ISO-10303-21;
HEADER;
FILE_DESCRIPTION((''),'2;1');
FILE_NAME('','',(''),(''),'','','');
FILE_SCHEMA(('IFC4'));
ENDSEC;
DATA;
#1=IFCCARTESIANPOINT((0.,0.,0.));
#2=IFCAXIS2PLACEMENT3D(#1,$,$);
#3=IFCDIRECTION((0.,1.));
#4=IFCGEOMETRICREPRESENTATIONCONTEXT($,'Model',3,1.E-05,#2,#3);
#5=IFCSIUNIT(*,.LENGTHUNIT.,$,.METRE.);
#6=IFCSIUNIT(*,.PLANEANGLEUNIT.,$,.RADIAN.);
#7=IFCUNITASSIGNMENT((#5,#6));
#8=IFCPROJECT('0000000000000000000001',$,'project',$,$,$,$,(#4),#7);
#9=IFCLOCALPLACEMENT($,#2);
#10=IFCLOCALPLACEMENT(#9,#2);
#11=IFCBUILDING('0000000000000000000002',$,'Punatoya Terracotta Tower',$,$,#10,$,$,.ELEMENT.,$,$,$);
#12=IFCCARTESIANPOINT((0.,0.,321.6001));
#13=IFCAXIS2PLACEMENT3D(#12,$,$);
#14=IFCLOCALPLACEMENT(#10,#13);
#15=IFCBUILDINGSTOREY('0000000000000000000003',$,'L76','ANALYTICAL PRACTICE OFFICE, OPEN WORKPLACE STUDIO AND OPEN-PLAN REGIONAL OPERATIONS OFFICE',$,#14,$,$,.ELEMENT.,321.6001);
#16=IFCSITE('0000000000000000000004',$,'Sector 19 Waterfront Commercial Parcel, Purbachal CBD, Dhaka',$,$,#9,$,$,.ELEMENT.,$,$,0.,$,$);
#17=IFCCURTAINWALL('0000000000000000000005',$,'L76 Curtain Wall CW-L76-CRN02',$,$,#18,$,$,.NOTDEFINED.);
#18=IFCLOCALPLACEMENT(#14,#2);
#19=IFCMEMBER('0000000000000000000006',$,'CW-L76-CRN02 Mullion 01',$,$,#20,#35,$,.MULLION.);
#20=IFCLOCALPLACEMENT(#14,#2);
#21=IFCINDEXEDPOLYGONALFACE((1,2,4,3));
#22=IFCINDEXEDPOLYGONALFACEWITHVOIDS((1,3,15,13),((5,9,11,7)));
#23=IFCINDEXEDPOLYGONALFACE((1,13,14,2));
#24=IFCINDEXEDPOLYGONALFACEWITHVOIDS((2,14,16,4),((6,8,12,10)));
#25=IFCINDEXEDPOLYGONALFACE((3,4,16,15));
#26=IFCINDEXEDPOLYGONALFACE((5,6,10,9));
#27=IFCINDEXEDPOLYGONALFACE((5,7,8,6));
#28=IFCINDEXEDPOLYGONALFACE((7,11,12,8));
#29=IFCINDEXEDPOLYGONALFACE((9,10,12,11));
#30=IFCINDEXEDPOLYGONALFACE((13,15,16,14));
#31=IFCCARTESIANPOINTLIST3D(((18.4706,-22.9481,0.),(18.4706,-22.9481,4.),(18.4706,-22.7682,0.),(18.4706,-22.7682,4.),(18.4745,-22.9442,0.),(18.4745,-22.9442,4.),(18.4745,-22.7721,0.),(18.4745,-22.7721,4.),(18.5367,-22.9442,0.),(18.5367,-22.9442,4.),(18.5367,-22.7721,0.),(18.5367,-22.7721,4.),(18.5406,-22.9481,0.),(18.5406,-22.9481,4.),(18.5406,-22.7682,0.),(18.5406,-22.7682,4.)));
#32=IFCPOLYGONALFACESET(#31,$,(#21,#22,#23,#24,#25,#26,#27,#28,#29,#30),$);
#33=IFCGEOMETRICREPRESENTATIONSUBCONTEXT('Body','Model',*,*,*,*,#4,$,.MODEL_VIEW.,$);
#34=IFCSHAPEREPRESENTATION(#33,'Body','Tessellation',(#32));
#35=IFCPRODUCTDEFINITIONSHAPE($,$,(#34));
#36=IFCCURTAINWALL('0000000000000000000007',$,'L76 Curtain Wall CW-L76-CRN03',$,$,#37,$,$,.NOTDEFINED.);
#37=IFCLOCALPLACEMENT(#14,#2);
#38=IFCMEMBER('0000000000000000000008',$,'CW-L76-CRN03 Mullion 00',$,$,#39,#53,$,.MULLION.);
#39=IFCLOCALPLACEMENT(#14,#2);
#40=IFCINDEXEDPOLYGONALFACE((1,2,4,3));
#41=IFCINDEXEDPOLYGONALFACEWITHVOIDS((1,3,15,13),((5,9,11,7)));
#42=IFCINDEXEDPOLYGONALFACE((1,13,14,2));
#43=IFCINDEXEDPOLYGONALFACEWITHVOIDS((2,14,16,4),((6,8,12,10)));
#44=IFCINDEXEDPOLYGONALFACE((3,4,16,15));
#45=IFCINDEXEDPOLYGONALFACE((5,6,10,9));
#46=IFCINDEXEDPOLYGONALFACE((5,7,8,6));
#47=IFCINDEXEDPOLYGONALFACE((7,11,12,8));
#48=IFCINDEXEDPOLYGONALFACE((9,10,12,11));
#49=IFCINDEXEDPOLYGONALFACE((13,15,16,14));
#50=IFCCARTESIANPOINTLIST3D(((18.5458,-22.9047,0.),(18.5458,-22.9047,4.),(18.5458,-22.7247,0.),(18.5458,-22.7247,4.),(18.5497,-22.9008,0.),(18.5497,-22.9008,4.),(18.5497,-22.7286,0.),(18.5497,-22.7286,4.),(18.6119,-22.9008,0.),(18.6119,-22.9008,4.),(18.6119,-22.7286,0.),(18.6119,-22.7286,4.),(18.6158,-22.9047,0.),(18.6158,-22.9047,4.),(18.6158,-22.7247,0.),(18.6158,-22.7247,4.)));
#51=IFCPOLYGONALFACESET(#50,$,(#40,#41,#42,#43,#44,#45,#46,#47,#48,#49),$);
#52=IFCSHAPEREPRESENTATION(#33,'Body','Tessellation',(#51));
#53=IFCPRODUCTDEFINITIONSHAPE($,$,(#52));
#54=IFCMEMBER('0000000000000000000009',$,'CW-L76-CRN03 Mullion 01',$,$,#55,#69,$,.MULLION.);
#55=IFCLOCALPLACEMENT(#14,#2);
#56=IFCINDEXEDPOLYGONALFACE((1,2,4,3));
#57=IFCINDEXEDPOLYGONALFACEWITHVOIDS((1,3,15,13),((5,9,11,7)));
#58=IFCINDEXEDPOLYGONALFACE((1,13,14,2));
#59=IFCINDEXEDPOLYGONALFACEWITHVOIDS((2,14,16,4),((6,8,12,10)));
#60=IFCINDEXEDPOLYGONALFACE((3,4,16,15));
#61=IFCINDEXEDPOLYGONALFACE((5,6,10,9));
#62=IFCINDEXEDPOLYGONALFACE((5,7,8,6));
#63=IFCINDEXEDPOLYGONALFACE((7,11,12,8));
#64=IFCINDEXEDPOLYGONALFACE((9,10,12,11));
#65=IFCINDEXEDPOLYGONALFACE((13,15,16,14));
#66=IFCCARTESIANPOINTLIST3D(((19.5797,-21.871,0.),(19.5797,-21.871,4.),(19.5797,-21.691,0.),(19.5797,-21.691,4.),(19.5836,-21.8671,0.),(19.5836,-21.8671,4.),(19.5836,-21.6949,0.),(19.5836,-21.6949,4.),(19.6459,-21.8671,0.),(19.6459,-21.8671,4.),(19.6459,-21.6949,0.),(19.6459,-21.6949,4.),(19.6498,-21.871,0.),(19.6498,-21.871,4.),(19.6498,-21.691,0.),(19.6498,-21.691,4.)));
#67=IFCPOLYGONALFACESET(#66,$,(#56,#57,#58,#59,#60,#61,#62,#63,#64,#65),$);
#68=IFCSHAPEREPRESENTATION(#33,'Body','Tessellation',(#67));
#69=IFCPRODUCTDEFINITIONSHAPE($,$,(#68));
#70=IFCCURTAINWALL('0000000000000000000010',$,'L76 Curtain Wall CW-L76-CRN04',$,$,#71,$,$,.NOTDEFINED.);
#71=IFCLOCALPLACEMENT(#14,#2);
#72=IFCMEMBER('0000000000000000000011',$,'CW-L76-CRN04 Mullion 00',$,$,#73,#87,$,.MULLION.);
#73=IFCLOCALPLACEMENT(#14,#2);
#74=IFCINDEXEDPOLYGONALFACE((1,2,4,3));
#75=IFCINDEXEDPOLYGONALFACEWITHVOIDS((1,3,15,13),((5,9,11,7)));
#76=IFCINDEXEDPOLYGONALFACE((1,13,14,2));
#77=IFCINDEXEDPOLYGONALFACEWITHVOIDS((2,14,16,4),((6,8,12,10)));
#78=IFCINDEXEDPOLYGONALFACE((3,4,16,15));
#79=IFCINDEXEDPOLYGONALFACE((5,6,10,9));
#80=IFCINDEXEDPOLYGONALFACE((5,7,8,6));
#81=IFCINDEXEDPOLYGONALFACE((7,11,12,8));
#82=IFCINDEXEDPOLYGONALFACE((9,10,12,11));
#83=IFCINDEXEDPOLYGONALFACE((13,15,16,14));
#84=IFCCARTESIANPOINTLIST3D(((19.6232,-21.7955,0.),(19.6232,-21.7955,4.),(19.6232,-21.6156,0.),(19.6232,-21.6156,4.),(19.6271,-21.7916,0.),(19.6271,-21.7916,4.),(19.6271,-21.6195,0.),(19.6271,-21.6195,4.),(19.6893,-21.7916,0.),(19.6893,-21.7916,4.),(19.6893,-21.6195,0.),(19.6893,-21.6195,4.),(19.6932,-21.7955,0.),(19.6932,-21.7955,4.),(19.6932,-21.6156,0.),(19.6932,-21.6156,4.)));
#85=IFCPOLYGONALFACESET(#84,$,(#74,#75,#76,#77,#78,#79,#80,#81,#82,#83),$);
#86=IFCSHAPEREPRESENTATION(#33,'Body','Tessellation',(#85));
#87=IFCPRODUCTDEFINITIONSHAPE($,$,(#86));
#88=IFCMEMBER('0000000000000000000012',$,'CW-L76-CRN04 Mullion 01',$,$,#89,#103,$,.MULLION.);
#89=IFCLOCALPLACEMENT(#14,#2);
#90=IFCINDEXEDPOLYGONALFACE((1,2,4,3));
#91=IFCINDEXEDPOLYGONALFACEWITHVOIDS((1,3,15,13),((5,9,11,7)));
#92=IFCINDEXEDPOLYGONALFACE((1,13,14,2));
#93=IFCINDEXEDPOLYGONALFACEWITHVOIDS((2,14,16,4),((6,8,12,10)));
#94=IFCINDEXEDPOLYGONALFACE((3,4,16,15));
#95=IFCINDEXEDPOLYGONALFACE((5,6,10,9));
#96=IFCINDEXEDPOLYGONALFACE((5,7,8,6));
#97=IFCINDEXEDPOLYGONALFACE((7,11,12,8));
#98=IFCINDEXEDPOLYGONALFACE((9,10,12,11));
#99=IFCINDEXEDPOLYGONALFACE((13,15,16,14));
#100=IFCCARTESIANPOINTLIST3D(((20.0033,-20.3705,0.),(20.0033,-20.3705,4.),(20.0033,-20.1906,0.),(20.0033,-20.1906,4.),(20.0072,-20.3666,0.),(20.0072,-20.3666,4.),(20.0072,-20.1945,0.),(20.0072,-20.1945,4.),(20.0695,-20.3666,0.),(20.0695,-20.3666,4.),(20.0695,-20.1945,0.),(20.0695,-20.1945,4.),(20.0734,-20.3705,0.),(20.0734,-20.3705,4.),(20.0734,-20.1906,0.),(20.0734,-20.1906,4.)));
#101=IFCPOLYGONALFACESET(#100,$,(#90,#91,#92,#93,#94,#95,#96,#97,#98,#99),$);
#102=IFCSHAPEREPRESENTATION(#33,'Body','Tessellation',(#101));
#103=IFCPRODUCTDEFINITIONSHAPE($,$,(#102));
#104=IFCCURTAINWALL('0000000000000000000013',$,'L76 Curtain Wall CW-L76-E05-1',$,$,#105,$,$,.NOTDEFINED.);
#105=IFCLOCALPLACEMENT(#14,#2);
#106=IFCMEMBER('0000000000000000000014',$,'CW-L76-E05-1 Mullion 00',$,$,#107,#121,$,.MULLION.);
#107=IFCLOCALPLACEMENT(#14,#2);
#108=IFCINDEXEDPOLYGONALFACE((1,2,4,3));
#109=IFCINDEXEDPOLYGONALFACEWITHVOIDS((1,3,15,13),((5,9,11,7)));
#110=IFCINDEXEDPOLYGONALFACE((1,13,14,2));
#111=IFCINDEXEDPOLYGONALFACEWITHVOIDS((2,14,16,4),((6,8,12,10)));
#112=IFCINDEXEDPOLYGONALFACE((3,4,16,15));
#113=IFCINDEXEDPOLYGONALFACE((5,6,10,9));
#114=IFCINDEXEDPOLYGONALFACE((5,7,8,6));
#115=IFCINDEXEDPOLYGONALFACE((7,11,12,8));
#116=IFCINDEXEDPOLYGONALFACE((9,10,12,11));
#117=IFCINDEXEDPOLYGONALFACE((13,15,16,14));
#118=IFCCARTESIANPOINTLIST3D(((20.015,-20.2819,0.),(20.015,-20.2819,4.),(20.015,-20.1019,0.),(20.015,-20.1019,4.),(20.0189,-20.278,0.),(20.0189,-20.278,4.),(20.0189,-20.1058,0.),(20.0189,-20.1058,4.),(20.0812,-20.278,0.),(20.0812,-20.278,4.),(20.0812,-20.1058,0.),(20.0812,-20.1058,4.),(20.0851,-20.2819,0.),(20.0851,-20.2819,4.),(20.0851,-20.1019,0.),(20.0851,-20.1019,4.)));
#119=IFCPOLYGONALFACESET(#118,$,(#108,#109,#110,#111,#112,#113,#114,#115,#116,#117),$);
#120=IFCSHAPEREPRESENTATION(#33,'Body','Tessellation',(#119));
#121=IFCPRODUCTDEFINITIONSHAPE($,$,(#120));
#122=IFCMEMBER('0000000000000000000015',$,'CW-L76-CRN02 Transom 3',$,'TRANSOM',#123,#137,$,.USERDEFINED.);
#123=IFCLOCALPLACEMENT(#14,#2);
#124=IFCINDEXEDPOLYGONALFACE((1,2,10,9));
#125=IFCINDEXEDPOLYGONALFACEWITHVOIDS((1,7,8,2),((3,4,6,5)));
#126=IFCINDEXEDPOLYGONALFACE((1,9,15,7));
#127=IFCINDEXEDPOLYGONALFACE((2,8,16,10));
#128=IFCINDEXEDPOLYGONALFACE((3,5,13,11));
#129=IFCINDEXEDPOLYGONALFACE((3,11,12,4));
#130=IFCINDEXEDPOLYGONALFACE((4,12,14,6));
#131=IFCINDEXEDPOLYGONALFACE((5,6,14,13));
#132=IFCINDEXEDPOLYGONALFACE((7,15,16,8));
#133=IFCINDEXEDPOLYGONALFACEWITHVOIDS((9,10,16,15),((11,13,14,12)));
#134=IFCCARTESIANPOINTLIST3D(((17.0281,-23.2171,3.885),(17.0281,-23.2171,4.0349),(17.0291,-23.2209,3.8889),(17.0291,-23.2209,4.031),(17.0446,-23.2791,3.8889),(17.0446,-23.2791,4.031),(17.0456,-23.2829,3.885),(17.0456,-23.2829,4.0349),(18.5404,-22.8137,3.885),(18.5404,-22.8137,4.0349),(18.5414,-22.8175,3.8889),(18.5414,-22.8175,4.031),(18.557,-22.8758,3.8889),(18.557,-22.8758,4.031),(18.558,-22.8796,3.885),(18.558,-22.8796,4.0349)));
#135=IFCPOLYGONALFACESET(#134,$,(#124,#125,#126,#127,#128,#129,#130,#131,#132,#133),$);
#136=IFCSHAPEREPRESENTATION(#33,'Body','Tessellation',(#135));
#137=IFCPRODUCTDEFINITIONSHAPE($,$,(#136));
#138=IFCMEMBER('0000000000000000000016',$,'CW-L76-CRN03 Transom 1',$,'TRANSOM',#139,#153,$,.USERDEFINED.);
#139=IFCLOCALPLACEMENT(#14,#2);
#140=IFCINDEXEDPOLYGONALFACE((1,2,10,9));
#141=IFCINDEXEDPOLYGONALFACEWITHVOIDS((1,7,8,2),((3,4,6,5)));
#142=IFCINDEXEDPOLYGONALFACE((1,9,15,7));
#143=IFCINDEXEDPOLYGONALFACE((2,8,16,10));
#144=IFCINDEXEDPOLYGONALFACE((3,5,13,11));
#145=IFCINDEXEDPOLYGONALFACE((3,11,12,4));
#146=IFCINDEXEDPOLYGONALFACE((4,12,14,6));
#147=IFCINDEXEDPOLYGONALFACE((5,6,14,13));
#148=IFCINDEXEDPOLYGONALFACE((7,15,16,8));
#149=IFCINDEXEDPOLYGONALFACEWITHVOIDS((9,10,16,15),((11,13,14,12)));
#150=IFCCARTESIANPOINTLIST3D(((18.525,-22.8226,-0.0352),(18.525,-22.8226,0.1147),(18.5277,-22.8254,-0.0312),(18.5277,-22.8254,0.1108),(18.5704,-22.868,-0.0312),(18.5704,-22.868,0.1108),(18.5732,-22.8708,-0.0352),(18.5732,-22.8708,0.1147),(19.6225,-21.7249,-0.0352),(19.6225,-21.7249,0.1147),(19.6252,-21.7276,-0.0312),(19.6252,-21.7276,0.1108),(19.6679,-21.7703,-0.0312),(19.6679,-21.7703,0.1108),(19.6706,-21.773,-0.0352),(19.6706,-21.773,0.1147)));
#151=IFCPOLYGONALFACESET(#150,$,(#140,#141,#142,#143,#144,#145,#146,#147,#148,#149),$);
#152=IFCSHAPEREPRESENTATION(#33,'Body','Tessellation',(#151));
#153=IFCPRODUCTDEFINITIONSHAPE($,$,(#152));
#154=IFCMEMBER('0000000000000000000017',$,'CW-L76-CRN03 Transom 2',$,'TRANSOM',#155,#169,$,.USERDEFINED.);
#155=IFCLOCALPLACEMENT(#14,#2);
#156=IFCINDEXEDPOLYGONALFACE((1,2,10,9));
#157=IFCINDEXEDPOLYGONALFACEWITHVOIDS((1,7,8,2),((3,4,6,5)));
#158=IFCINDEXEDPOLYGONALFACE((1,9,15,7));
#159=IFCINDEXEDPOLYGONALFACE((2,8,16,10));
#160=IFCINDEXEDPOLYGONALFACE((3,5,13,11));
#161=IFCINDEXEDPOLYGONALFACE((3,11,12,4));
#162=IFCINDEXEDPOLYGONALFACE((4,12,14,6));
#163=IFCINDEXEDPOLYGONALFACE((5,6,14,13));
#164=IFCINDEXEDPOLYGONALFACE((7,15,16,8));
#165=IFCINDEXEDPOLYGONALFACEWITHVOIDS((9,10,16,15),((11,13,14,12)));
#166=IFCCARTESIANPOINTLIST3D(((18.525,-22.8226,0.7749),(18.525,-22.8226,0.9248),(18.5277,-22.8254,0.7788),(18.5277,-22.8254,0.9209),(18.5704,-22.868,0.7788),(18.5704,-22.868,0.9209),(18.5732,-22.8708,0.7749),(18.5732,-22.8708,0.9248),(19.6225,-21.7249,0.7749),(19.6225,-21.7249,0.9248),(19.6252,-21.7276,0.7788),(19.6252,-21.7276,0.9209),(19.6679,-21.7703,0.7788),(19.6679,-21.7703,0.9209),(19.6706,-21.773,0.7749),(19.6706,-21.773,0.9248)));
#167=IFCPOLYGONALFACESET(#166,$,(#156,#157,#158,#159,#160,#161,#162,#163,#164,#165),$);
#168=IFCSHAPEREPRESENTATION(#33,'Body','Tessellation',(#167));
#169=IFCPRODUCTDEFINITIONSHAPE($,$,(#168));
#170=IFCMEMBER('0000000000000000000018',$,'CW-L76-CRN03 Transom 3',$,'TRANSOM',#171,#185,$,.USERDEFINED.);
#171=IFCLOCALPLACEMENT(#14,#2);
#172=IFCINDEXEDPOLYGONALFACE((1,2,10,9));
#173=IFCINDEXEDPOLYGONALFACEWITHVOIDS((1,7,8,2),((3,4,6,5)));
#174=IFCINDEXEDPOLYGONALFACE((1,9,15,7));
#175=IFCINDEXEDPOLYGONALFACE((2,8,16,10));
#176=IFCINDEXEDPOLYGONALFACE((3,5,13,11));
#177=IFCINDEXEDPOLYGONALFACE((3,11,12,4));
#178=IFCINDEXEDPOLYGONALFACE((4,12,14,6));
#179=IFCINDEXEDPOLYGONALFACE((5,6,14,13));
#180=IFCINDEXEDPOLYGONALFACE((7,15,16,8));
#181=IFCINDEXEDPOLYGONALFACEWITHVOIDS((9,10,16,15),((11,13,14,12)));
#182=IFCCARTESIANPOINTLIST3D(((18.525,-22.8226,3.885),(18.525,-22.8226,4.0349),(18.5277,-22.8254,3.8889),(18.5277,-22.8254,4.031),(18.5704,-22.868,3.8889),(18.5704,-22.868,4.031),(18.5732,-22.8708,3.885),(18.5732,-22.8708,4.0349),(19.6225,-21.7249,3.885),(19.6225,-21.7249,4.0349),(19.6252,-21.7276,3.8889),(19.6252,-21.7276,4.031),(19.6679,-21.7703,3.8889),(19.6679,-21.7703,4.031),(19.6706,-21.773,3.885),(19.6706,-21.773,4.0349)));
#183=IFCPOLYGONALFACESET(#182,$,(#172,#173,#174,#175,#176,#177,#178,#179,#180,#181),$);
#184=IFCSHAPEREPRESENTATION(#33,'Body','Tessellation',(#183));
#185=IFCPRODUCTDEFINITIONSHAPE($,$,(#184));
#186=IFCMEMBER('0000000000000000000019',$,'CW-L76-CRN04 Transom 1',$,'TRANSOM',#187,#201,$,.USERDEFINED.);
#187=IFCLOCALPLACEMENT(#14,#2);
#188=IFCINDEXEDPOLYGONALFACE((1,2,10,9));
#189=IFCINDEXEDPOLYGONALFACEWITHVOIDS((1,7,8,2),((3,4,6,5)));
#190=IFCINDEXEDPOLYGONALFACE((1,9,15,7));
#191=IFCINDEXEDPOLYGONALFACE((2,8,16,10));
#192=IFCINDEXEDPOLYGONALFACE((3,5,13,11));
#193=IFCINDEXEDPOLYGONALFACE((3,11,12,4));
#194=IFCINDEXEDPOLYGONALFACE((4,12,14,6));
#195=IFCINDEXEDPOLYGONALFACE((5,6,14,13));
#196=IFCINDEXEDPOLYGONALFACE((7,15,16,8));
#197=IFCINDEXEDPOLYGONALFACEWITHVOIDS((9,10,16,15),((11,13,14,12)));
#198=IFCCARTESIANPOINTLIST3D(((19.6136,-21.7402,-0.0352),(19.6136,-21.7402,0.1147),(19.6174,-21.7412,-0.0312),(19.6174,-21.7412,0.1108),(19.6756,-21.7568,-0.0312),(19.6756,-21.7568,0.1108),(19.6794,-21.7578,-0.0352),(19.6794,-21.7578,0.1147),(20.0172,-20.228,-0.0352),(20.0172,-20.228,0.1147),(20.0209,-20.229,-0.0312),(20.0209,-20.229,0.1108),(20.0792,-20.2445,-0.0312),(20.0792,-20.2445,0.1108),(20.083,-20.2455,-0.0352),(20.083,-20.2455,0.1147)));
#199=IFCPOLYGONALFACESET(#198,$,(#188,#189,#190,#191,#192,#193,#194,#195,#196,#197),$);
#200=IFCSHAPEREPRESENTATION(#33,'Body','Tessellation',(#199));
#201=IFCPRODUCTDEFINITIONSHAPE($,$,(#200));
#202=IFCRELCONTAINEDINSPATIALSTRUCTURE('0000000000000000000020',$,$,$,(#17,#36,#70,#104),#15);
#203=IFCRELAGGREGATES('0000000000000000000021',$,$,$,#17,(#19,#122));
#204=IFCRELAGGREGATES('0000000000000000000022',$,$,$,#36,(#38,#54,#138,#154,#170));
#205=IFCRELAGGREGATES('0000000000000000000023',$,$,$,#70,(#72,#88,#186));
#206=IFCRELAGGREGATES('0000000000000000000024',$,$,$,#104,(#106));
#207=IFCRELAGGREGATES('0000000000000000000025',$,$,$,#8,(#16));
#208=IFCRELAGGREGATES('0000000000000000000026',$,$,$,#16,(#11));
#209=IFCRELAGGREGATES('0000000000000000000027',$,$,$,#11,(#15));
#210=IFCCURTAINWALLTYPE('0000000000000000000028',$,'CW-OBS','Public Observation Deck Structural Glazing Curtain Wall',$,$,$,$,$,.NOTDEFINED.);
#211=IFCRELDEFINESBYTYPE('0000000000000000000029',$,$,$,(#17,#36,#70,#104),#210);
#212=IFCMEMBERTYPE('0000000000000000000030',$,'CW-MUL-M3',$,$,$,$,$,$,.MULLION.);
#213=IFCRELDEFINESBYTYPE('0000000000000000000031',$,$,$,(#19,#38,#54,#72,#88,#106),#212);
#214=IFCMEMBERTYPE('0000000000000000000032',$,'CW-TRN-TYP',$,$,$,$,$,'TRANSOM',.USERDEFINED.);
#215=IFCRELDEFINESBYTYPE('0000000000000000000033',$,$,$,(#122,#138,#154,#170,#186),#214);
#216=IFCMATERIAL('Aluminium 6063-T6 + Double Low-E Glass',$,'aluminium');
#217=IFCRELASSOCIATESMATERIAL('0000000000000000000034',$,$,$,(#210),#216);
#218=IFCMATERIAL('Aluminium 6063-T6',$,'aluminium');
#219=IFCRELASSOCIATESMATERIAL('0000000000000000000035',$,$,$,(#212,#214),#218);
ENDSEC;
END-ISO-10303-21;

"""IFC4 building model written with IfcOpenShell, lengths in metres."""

from ifc_helpers import new_model, si_unit, direction, frame, origin, origin_2d, place, context, subcontext, project, spatial, hollow_rectangle, extrude, material, material_profile, profile_set, type_object, element, aggregate, save


model = new_model("IFC4")

# Units and contexts
model_context = context("Model", 3, precision=1e-05, world=origin(), true_north=direction((0.0, 1.0)))
body_context = subcontext(model_context, "Body", "Model", "MODEL_VIEW")
ifc_project = project(units=[si_unit("LENGTHUNIT", "METRE"), si_unit("PLANEANGLEUNIT", "RADIAN")], contexts=[model_context])

# Site, building, storey
site_placement = place(None, origin())
site = spatial("IfcSite", under=ifc_project, at=site_placement, Name="Sector 19 Waterfront Commercial Parcel, Purbachal CBD, Dhaka", CompositionType="ELEMENT", RefElevation=0.0)
building_placement = place(site_placement, origin())
building = spatial("IfcBuilding", under=site, at=building_placement, Name="Punatoya Terracotta Tower", CompositionType="ELEMENT")
storey_placement = place(building_placement, frame((0.0, 0.0, 321.6001)))
storey = spatial("IfcBuildingStorey", under=building, at=storey_placement, Name="L76", Description="ANALYTICAL PRACTICE OFFICE, OPEN WORKPLACE STUDIO AND OPEN-PLAN REGIONAL OPERATIONS OFFICE", CompositionType="ELEMENT", Elevation=321.6001)

# Curtain walls, members
ifc_material_1 = material(Name="Aluminium 6063-T6 + Double Low-E Glass", Category="aluminium")
curtain_wall_type = type_object("IfcCurtainWallType", Name="CW-OBS", Description="Public Observation Deck Structural Glazing Curtain Wall", PredefinedType="NOTDEFINED", material=ifc_material_1)
curtain_wall_1_placement = place(storey_placement, origin())
curtain_wall_1 = element("IfcCurtainWall", 1, at=curtain_wall_1_placement, inside=storey, type_object=curtain_wall_type, Name="L76 Curtain Wall CW-L76-CRN02", PredefinedType="NOTDEFINED")
ifc_material_2 = material(Name="Aluminium 6063-T6", Category="aluminium")
ifc_material_profile_1 = material_profile(ifc_material_2, hollow_rectangle(XDim=0.0701, YDim=0.1799, WallThickness=0.0039, at=origin_2d()))
ifc_profile_set_1 = profile_set([ifc_material_profile_1], Name="Aluminium 6063-T6")
member_type_1 = type_object("IfcMemberType", Name="CW-MUL-M3", PredefinedType="MULLION", material=ifc_profile_set_1)
member_1_placement = place(storey_placement, frame((18.5056, -22.8582, 0.0), z_axis=(0.0, 0.0, 1.0), x_axis=(1.0, 0.0, 0.0)))
member_1 = element("IfcMember", 2, at=member_1_placement, type_object=member_type_1, Name="CW-L76-CRN02 Mullion 01", PredefinedType="MULLION", context=body_context, shape_type="SweptSolid", body=[
    extrude(hollow_rectangle(XDim=0.0701, YDim=0.1799, WallThickness=0.0039, at=origin_2d()), origin(), (0.0, 0.0, 1.0), 4.0),
])
curtain_wall_2_placement = place(storey_placement, origin())
curtain_wall_2 = element("IfcCurtainWall", 3, at=curtain_wall_2_placement, inside=storey, type_object=curtain_wall_type, Name="L76 Curtain Wall CW-L76-CRN03", PredefinedType="NOTDEFINED")
member_2_placement = place(storey_placement, frame((18.5808, -22.8147, 0.0), z_axis=(0.0, 0.0, 1.0), x_axis=(1.0, 0.0, 0.0)))
member_2 = element("IfcMember", 4, at=member_2_placement, type_object=member_type_1, Name="CW-L76-CRN03 Mullion 00", PredefinedType="MULLION", context=body_context, shape_type="SweptSolid", body=[
    extrude(hollow_rectangle(XDim=0.0701, YDim=0.1799, WallThickness=0.0039, at=origin_2d()), origin(), (0.0, 0.0, 1.0), 4.0),
])
member_3_placement = place(storey_placement, frame((19.6147, -21.781, 0.0), z_axis=(0.0, 0.0, 1.0), x_axis=(1.0, 0.0, 0.0)))
member_3 = element("IfcMember", 5, at=member_3_placement, type_object=member_type_1, Name="CW-L76-CRN03 Mullion 01", PredefinedType="MULLION", context=body_context, shape_type="SweptSolid", body=[
    extrude(hollow_rectangle(XDim=0.0701, YDim=0.1799, WallThickness=0.0039, at=origin_2d()), origin(), (0.0, 0.0, 1.0), 4.0),
])
curtain_wall_3_placement = place(storey_placement, origin())
curtain_wall_3 = element("IfcCurtainWall", 6, at=curtain_wall_3_placement, inside=storey, type_object=curtain_wall_type, Name="L76 Curtain Wall CW-L76-CRN04", PredefinedType="NOTDEFINED")
member_4_placement = place(storey_placement, frame((19.6582, -21.7056, 0.0), z_axis=(0.0, 0.0, 1.0), x_axis=(1.0, 0.0, 0.0)))
member_4 = element("IfcMember", 7, at=member_4_placement, type_object=member_type_1, Name="CW-L76-CRN04 Mullion 00", PredefinedType="MULLION", context=body_context, shape_type="SweptSolid", body=[
    extrude(hollow_rectangle(XDim=0.0701, YDim=0.1799, WallThickness=0.0039, at=origin_2d()), origin(), (0.0, 0.0, 1.0), 4.0),
])
member_5_placement = place(storey_placement, frame((20.0383, -20.2805, 0.0), z_axis=(0.0, 0.0, 1.0), x_axis=(1.0, 0.0, 0.0)))
member_5 = element("IfcMember", 8, at=member_5_placement, type_object=member_type_1, Name="CW-L76-CRN04 Mullion 01", PredefinedType="MULLION", context=body_context, shape_type="SweptSolid", body=[
    extrude(hollow_rectangle(XDim=0.0701, YDim=0.1799, WallThickness=0.0039, at=origin_2d()), origin(), (0.0, 0.0, 1.0), 4.0),
])

# Curtain wall, member
curtain_wall_4_placement = place(storey_placement, origin())
curtain_wall_4 = element("IfcCurtainWall", 9, at=curtain_wall_4_placement, inside=storey, type_object=curtain_wall_type, Name="L76 Curtain Wall CW-L76-E05-1", PredefinedType="NOTDEFINED")
member_6_placement = place(storey_placement, frame((20.05, -20.1919, 0.0), z_axis=(0.0, 0.0, 1.0), x_axis=(1.0, 0.0, 0.0)))
member_6 = element("IfcMember", 10, at=member_6_placement, type_object=member_type_1, Name="CW-L76-E05-1 Mullion 00", PredefinedType="MULLION", context=body_context, shape_type="SweptSolid", body=[
    extrude(hollow_rectangle(XDim=0.0701, YDim=0.1799, WallThickness=0.0039, at=origin_2d()), origin(), (0.0, 0.0, 1.0), 4.0),
])

# Members
ifc_material_profile_2 = material_profile(ifc_material_2, hollow_rectangle(XDim=0.0681, YDim=0.1499, WallThickness=0.0039, at=origin_2d()))
ifc_profile_set_2 = profile_set([ifc_material_profile_2], Name="Aluminium 6063-T6")
member_type_2 = type_object("IfcMemberType", Name="CW-TRN-TYP", ElementType="TRANSOM", PredefinedType="USERDEFINED", material=ifc_profile_set_2)
member_7_placement = place(storey_placement, frame((17.0369, -23.25, 3.96), z_axis=(0.966225, 0.257701, 0.0), x_axis=(-0.257701, 0.966225, 0.0)))
member_7 = element("IfcMember", 11, at=member_7_placement, type_object=member_type_2, Name="CW-L76-CRN02 Transom 3", ObjectType="TRANSOM", PredefinedType="USERDEFINED", context=body_context, shape_type="SweptSolid", body=[
    extrude(hollow_rectangle(XDim=0.0681, YDim=0.1499, WallThickness=0.0039, at=origin_2d()), origin(), (0.0, 0.0, 1.0), 1.5652),
])
member_8_placement = place(storey_placement, frame((18.5491, -22.8467, 0.0398), z_axis=(0.707028, 0.707185, 0.0), x_axis=(-0.707185, 0.707028, 0.0)))
member_8 = element("IfcMember", 12, at=member_8_placement, type_object=member_type_2, Name="CW-L76-CRN03 Transom 1", ObjectType="TRANSOM", PredefinedType="USERDEFINED", context=body_context, shape_type="SweptSolid", body=[
    extrude(hollow_rectangle(XDim=0.0681, YDim=0.1499, WallThickness=0.0039, at=origin_2d()), origin(), (0.0, 0.0, 1.0), 1.5522),
])
member_9_placement = place(storey_placement, frame((18.5491, -22.8467, 0.8499), z_axis=(0.707028, 0.707185, 0.0), x_axis=(-0.707185, 0.707028, 0.0)))
member_9 = element("IfcMember", 13, at=member_9_placement, type_object=member_type_2, Name="CW-L76-CRN03 Transom 2", ObjectType="TRANSOM", PredefinedType="USERDEFINED", context=body_context, shape_type="SweptSolid", body=[
    extrude(hollow_rectangle(XDim=0.0681, YDim=0.1499, WallThickness=0.0039, at=origin_2d()), origin(), (0.0, 0.0, 1.0), 1.5522),
])
member_10_placement = place(storey_placement, frame((18.5491, -22.8467, 3.96), z_axis=(0.707028, 0.707185, 0.0), x_axis=(-0.707185, 0.707028, 0.0)))
member_10 = element("IfcMember", 14, at=member_10_placement, type_object=member_type_2, Name="CW-L76-CRN03 Transom 3", ObjectType="TRANSOM", PredefinedType="USERDEFINED", context=body_context, shape_type="SweptSolid", body=[
    extrude(hollow_rectangle(XDim=0.0681, YDim=0.1499, WallThickness=0.0039, at=origin_2d()), origin(), (0.0, 0.0, 1.0), 1.5522),
])
member_11_placement = place(storey_placement, frame((19.6465, -21.749, 0.0398), z_axis=(0.257847, 0.966186, 0.0), x_axis=(-0.966186, 0.257847, 0.0)))
member_11 = element("IfcMember", 15, at=member_11_placement, type_object=member_type_2, Name="CW-L76-CRN04 Transom 1", ObjectType="TRANSOM", PredefinedType="USERDEFINED", context=body_context, shape_type="SweptSolid", body=[
    extrude(hollow_rectangle(XDim=0.0681, YDim=0.1499, WallThickness=0.0039, at=origin_2d()), origin(), (0.0, 0.0, 1.0), 1.5652),
])

aggregate(curtain_wall_1, [member_1, member_7])
aggregate(curtain_wall_2, [member_2, member_3, member_8, member_9, member_10])
aggregate(curtain_wall_3, [member_4, member_5, member_11])
aggregate(curtain_wall_4, [member_6])

save(model, "model.ifc")
